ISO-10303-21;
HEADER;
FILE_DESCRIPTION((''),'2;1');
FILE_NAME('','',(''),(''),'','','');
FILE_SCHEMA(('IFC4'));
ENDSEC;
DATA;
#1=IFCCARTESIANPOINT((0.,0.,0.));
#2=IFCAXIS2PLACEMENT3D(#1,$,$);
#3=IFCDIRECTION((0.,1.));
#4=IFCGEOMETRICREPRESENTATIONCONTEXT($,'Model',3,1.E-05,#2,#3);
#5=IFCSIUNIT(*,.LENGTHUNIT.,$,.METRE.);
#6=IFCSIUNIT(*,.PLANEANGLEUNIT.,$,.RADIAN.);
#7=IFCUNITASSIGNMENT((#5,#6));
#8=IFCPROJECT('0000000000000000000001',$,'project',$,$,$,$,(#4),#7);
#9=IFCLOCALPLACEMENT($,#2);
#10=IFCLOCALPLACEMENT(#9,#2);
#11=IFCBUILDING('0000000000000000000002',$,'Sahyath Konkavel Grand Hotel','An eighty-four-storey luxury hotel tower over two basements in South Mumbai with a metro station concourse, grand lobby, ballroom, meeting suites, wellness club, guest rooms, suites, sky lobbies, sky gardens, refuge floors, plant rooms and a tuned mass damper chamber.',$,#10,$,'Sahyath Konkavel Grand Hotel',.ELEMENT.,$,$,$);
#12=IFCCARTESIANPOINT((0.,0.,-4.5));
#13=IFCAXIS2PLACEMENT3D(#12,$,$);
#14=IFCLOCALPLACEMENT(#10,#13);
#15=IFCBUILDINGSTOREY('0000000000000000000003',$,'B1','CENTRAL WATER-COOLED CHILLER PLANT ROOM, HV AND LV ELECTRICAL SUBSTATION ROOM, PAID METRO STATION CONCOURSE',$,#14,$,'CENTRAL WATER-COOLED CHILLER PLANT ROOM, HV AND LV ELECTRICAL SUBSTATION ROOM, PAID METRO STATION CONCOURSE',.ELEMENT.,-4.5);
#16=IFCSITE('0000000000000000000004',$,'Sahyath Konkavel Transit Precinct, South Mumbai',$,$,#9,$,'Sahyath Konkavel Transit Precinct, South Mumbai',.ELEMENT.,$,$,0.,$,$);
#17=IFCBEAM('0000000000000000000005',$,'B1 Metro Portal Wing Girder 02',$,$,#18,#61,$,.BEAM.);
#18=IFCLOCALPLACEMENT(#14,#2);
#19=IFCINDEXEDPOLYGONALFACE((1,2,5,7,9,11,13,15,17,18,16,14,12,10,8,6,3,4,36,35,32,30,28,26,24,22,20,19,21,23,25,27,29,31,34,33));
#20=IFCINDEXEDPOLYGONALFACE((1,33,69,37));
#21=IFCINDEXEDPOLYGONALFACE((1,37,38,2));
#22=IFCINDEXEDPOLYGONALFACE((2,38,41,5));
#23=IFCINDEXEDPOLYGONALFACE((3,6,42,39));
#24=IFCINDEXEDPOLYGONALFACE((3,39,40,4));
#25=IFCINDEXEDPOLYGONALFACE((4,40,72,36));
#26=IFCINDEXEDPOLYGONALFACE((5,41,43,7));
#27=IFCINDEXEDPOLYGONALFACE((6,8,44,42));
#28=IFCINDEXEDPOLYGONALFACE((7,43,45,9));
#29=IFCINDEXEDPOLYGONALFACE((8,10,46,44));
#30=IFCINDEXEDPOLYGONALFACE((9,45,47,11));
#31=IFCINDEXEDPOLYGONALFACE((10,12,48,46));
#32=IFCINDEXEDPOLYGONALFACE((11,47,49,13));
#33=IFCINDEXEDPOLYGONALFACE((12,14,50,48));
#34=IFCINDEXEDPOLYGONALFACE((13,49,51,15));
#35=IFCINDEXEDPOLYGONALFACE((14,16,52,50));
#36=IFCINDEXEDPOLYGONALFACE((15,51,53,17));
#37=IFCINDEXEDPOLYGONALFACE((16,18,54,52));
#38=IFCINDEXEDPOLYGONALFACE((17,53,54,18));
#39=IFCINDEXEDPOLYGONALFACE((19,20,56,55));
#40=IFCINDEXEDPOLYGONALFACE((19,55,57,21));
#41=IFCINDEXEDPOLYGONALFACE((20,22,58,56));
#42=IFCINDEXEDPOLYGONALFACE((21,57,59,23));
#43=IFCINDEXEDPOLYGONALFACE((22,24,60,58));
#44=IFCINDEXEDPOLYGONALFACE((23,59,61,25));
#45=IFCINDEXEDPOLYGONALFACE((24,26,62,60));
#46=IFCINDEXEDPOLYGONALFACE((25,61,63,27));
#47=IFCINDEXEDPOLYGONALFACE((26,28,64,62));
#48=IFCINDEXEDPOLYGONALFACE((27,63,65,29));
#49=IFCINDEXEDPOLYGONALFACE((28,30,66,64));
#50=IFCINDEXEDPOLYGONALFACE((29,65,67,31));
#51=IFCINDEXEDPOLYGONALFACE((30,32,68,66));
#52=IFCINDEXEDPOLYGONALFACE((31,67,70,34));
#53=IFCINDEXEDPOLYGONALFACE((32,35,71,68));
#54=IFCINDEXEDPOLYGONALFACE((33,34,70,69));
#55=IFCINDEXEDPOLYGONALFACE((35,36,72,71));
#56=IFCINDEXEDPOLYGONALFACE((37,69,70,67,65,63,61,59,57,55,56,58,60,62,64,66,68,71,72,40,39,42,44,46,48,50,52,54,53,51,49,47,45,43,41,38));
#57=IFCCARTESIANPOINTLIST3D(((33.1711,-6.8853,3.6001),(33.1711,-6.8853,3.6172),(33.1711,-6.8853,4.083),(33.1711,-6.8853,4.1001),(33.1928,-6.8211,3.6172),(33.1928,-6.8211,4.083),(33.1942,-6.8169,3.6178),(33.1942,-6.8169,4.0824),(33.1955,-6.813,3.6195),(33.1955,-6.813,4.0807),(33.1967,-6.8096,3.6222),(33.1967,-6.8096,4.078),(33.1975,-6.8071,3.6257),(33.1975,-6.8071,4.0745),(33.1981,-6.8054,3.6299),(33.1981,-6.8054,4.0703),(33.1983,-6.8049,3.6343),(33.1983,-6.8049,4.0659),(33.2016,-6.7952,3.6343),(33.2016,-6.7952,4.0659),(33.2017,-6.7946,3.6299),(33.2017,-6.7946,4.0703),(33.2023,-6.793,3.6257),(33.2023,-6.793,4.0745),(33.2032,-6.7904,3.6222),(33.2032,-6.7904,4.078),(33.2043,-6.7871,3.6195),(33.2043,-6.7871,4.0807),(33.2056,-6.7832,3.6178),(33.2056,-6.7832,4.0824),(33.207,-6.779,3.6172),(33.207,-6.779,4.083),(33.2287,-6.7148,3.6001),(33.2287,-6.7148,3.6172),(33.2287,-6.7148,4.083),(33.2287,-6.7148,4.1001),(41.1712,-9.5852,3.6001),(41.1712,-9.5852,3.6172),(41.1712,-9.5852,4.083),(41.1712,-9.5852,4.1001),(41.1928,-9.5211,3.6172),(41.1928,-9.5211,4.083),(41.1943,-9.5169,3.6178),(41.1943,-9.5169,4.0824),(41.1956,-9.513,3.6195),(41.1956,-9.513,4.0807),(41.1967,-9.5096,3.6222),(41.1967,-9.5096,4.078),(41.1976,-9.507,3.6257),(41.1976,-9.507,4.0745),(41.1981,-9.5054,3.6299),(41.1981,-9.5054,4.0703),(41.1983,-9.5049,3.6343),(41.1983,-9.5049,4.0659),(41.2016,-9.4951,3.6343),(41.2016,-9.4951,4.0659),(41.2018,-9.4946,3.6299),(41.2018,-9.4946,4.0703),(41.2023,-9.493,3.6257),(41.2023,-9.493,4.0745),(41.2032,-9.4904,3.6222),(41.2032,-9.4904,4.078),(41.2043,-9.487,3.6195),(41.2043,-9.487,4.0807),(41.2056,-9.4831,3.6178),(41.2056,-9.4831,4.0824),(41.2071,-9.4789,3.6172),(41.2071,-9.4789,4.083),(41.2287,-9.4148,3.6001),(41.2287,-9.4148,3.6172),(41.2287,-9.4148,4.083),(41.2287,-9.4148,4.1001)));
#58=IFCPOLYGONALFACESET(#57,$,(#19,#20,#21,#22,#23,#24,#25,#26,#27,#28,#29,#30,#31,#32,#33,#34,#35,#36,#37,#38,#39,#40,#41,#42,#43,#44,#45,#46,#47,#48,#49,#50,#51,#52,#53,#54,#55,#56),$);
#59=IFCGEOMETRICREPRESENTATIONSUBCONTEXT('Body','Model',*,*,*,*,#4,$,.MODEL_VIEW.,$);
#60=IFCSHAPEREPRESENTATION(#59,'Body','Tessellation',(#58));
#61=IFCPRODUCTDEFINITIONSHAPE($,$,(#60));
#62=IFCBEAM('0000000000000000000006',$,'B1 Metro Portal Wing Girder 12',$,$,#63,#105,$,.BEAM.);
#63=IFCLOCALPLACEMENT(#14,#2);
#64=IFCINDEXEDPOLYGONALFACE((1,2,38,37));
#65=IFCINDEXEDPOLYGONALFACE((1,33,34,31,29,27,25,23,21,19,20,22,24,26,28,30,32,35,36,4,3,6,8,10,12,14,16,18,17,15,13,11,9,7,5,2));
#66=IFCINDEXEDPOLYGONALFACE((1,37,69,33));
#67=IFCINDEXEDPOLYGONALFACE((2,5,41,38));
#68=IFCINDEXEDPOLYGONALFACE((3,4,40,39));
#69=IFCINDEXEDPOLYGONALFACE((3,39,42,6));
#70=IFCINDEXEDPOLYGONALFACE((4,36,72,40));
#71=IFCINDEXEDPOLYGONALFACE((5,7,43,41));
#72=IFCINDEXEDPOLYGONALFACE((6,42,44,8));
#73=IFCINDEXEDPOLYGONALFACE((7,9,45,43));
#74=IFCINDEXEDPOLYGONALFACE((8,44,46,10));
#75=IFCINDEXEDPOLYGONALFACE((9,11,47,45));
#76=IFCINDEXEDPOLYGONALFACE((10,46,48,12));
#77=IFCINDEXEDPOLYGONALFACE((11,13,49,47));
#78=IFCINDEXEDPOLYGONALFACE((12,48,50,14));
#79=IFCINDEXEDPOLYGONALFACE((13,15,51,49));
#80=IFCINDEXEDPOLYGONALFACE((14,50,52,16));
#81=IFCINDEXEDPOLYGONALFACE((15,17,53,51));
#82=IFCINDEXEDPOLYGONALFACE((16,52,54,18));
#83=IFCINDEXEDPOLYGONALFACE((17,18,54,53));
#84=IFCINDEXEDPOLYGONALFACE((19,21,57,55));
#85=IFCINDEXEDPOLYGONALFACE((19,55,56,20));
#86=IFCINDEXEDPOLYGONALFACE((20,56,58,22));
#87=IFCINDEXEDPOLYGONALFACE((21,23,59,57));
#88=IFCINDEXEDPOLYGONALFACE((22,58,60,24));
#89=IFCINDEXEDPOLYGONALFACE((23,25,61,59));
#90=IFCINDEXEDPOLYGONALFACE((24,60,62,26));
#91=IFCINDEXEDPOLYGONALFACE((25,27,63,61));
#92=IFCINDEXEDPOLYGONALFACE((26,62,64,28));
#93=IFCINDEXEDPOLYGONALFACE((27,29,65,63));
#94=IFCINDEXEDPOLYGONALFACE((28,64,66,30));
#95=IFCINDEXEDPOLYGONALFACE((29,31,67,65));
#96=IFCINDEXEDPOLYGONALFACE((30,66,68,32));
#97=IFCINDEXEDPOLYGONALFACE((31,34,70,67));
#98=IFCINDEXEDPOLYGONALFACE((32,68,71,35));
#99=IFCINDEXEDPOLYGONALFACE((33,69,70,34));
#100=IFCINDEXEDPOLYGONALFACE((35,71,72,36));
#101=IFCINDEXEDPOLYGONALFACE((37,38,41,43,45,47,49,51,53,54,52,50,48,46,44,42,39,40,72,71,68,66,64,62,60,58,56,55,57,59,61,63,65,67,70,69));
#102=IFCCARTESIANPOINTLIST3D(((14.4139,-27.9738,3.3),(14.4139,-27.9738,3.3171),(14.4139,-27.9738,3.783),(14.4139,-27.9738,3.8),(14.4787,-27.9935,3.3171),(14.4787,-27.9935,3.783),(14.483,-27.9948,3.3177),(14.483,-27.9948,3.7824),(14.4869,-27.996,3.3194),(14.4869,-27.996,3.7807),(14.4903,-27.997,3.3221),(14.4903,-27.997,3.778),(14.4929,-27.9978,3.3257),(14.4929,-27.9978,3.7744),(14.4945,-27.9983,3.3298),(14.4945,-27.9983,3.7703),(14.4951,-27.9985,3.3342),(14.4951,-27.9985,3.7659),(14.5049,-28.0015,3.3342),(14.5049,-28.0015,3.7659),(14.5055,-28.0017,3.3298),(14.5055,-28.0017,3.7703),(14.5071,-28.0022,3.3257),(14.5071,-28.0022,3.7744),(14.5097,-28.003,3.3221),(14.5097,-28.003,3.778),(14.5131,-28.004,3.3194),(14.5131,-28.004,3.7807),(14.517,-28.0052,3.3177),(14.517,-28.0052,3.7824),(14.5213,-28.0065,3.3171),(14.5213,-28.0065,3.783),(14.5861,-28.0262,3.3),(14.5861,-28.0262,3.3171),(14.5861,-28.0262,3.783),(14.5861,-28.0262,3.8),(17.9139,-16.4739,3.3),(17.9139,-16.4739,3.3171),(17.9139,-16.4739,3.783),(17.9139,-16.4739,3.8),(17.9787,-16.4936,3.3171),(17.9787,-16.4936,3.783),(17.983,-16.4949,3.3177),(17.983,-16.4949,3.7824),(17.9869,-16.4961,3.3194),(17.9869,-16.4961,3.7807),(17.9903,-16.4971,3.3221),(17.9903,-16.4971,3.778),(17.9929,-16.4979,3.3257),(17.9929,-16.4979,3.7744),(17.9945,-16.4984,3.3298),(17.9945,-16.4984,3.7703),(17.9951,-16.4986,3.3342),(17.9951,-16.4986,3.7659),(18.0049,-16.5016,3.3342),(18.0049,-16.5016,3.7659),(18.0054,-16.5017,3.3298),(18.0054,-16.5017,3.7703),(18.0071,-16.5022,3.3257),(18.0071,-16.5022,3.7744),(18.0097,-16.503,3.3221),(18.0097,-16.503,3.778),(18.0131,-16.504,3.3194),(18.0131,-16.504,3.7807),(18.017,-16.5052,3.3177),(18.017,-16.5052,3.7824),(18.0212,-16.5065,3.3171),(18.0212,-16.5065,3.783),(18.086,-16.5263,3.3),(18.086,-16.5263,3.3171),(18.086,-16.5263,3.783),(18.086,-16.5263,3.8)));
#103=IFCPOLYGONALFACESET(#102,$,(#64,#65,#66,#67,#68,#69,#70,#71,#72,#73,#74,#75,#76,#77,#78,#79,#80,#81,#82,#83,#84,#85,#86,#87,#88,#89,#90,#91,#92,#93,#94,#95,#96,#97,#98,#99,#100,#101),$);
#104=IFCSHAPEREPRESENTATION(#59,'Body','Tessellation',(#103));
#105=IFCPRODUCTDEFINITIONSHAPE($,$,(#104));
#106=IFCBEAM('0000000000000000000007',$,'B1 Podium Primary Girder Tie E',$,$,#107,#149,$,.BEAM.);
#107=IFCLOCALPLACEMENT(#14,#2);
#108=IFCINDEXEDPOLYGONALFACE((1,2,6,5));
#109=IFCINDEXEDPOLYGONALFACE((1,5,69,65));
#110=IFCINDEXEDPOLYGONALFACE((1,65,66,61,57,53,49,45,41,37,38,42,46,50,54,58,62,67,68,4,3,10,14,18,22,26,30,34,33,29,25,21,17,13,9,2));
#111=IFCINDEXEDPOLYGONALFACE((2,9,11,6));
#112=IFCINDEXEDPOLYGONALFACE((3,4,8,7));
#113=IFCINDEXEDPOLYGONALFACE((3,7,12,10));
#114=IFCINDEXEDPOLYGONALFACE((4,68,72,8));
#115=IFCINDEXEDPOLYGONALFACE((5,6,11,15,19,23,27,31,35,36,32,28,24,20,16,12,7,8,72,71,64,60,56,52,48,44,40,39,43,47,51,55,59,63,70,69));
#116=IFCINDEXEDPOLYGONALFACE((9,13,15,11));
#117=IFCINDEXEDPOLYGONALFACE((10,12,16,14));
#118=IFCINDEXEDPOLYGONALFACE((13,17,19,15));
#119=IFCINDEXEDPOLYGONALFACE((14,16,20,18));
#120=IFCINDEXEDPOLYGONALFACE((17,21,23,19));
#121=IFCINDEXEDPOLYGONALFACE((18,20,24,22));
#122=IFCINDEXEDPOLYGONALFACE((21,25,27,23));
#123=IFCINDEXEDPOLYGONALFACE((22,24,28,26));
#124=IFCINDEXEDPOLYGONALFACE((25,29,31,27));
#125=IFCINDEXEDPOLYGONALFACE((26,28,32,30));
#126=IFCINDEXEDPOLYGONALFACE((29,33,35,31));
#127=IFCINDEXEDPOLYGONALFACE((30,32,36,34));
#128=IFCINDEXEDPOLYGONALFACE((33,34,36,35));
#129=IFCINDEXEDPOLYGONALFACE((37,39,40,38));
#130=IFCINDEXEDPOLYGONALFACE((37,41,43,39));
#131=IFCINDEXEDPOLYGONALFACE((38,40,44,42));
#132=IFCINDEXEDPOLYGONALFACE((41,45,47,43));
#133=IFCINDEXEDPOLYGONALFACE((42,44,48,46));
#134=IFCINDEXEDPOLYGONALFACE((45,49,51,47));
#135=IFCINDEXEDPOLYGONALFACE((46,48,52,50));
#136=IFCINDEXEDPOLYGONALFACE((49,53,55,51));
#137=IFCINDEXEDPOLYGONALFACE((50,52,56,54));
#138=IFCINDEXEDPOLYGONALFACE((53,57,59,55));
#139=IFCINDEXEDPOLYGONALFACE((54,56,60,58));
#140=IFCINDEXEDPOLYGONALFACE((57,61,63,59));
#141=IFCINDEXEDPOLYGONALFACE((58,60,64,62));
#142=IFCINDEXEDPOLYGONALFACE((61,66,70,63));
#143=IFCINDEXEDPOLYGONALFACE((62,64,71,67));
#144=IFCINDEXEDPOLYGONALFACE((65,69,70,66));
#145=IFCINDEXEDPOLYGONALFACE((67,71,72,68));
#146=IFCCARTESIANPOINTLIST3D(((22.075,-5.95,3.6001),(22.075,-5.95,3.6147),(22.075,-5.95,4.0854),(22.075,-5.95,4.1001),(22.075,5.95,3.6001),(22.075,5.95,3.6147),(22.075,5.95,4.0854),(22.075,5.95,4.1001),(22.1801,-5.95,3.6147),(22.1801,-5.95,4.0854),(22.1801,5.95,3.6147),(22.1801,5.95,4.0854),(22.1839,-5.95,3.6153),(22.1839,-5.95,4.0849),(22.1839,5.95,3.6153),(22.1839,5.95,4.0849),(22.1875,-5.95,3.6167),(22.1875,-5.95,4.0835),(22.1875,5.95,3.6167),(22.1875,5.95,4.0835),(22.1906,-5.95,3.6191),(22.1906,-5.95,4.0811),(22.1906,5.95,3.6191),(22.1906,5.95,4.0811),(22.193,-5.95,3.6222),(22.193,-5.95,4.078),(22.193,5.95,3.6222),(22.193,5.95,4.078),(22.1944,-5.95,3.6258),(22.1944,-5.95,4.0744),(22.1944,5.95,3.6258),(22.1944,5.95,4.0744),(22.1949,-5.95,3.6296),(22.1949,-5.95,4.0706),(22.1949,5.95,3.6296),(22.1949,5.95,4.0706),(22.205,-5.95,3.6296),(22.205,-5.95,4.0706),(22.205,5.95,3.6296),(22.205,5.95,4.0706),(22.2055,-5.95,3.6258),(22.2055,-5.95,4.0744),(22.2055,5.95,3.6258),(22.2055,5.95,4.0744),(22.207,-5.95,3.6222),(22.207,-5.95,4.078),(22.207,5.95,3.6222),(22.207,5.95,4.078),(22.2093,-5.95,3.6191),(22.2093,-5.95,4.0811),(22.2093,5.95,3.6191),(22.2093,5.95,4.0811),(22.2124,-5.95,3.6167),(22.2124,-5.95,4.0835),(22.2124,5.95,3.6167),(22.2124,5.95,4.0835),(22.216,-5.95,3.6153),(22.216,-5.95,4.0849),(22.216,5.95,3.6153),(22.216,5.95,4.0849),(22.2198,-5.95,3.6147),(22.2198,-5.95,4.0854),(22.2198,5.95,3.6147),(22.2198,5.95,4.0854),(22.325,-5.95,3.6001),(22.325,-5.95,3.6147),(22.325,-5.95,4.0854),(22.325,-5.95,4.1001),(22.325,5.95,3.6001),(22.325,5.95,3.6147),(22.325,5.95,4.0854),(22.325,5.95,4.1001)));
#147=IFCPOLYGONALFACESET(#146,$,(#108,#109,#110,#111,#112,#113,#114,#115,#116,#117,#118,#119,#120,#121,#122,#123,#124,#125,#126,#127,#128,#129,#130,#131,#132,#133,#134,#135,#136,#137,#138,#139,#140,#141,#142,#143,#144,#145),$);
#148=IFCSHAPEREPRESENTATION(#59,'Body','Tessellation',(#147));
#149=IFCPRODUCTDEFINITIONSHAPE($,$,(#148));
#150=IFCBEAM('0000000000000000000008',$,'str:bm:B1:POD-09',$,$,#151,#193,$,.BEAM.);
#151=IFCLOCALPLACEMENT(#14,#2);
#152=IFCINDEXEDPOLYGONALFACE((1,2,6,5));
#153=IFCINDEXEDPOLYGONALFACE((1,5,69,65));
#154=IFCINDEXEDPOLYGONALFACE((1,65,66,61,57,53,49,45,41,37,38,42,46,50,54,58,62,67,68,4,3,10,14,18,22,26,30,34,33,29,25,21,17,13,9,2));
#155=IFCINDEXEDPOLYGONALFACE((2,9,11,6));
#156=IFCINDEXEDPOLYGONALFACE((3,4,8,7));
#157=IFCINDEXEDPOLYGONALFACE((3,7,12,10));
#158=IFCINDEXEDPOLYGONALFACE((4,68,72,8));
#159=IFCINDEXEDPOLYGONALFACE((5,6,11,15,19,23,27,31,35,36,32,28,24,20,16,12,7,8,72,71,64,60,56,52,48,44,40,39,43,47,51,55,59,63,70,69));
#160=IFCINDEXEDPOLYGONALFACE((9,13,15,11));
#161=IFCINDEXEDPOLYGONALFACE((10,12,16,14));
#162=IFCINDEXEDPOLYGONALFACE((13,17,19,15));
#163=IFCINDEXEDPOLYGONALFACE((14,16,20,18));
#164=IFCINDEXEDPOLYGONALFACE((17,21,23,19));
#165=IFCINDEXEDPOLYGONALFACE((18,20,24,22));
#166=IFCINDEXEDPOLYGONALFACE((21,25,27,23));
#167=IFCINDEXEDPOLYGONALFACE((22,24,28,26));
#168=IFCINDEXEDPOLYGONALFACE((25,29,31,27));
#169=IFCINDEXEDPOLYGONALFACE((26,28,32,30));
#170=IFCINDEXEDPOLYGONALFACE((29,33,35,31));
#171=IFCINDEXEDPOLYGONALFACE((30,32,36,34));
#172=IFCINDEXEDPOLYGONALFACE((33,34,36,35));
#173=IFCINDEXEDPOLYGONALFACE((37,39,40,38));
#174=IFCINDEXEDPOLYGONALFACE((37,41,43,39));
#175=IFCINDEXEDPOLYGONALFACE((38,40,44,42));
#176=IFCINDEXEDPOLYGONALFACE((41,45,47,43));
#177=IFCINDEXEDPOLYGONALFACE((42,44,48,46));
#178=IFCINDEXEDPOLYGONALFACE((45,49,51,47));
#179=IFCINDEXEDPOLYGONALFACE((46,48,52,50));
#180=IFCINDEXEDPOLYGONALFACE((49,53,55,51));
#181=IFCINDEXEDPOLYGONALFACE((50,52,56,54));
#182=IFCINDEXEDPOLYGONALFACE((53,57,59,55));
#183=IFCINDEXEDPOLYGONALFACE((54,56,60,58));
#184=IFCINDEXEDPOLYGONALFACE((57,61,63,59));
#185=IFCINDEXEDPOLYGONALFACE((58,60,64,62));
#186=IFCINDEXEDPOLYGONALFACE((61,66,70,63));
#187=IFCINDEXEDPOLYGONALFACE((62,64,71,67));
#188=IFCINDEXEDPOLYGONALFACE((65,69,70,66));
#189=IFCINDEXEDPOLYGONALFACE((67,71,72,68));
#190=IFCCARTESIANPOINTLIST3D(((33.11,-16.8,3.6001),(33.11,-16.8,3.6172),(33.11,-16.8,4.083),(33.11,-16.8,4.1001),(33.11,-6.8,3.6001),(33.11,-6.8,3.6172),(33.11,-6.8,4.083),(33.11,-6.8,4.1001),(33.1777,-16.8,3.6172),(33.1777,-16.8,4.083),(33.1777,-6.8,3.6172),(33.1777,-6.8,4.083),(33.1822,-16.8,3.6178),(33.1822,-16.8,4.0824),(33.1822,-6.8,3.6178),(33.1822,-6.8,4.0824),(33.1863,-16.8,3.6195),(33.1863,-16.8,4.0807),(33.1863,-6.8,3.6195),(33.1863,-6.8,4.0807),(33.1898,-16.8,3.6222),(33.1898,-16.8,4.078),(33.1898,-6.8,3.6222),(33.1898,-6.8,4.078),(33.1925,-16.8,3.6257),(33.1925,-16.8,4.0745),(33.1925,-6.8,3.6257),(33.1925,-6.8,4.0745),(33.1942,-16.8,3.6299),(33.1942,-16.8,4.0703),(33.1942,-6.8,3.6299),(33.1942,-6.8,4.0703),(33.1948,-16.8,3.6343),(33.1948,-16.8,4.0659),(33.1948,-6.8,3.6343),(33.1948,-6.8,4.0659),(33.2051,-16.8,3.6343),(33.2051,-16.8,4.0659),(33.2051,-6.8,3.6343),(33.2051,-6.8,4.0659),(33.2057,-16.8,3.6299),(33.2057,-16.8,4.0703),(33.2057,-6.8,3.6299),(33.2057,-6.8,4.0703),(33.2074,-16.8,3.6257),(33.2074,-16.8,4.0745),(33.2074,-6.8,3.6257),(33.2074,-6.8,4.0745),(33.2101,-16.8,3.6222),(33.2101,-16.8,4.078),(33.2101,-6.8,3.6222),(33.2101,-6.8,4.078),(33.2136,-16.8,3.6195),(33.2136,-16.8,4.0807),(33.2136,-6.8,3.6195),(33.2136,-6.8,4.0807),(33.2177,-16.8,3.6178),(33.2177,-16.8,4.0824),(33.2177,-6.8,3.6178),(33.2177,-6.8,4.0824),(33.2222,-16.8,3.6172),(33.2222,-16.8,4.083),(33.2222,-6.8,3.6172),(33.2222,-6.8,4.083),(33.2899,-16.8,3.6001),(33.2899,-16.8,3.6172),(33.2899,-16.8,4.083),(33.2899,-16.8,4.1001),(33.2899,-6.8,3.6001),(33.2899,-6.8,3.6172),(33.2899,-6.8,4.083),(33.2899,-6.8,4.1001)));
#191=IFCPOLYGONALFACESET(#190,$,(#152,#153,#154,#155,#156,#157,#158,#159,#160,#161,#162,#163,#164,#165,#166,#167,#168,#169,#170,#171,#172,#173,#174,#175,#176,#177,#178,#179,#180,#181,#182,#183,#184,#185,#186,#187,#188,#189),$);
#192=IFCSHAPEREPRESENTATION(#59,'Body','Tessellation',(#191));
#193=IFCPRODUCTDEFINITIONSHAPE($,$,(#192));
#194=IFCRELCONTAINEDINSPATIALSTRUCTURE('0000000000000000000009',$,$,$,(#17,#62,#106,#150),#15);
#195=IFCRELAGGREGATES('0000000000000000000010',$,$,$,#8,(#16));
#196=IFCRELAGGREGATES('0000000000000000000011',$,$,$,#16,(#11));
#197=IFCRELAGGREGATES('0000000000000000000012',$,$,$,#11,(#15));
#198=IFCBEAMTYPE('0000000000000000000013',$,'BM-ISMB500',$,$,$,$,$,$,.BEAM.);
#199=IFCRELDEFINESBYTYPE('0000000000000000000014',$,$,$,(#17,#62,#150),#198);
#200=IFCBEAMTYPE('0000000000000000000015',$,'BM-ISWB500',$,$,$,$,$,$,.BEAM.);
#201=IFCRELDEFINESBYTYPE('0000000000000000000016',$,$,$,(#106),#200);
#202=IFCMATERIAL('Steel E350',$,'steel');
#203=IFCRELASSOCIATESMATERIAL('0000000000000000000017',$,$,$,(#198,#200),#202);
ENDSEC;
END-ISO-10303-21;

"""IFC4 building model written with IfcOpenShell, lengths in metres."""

from ifc_helpers import new_model, si_unit, direction, frame, origin, origin_2d, place, context, subcontext, project, spatial, i_section, extrude, source, transform, mapped, material, material_profile, profile_set, type_object, element, save


model = new_model("IFC4")

# Units and contexts
model_context = context("Model", 3, precision=1e-05, world=origin(), true_north=direction((0.0, 1.0)))
body_context = subcontext(model_context, "Body", "Model", "MODEL_VIEW")
ifc_project = project(units=[si_unit("LENGTHUNIT", "METRE"), si_unit("PLANEANGLEUNIT", "RADIAN")], contexts=[model_context])

# Site, building, storey
site_placement = place(None, origin())
site = spatial("IfcSite", under=ifc_project, at=site_placement, Name="Sahyath Konkavel Transit Precinct, South Mumbai", LongName="Sahyath Konkavel Transit Precinct, South Mumbai", CompositionType="ELEMENT", RefElevation=0.0)
building_placement = place(site_placement, origin())
building = spatial("IfcBuilding", under=site, at=building_placement, Name="Sahyath Konkavel Grand Hotel", Description="An eighty-four-storey luxury hotel tower over two basements in South Mumbai with a metro station concourse, grand lobby, ballroom, meeting suites, wellness club, guest rooms, suites, sky lobbies, sky gardens, refuge floors, plant rooms and a tuned mass damper chamber.", LongName="Sahyath Konkavel Grand Hotel", CompositionType="ELEMENT")
storey_placement = place(building_placement, frame((0.0, 0.0, -4.5)))
storey = spatial("IfcBuildingStorey", under=building, at=storey_placement, Name="B1", Description="CENTRAL WATER-COOLED CHILLER PLANT ROOM, HV AND LV ELECTRICAL SUBSTATION ROOM, PAID METRO STATION CONCOURSE", LongName="CENTRAL WATER-COOLED CHILLER PLANT ROOM, HV AND LV ELECTRICAL SUBSTATION ROOM, PAID METRO STATION CONCOURSE", CompositionType="ELEMENT", Elevation=-4.5)

# Beams
ifc_material_1 = material(Name="Steel E350", Category="steel")
ifc_material_profile_1 = material_profile(ifc_material_1, i_section(OverallWidth=0.1799, OverallDepth=0.5, WebThickness=0.0103, FlangeThickness=0.0171, FilletRadius=0.0171, at=origin_2d()), Name="ISMB 500")
ifc_profile_set_1 = profile_set([ifc_material_profile_1], Name="Steel E350")
beam_type_1 = type_object("IfcBeamType", Name="BM-ISMB500", PredefinedType="BEAM", material=ifc_profile_set_1)
shared_shape_1 = source(origin(), body_context, "Body", "SweptSolid", [
    extrude(i_section(OverallWidth=0.1799, OverallDepth=0.5, WebThickness=0.0103, FlangeThickness=0.0171, FilletRadius=0.0171, at=origin_2d()), origin(), (0.0, 0.0, 1.0), 8.4434),
])
beam_1_placement = place(storey_placement, frame((41.2, -9.5, 3.8501), z_axis=(-0.947494, 0.319773, 0.0), x_axis=(-0.319773, -0.947494, 0.0)))
element("IfcBeam", 1, at=beam_1_placement, inside=storey, type_object=beam_type_1, Name="B1 Metro Portal Wing Girder 02", PredefinedType="BEAM", context=body_context, shape_type="MappedRepresentation", body=[
    mapped(shared_shape_1, transform((0.0, 0.0, 0.0), scale=1.0)),
])
shared_shape_2 = source(origin(), body_context, "Body", "SweptSolid", [
    extrude(i_section(OverallWidth=0.1799, OverallDepth=0.5, WebThickness=0.0103, FlangeThickness=0.0171, FilletRadius=0.0171, at=origin_2d()), origin(), (0.0, 0.0, 1.0), 12.0208),
])
beam_2_placement = place(storey_placement, frame((14.5, -28.0, 3.55), z_axis=(0.291162, 0.956674, 0.0), x_axis=(-0.956674, 0.291162, 0.0)))
element("IfcBeam", 2, at=beam_2_placement, inside=storey, type_object=beam_type_1, Name="B1 Metro Portal Wing Girder 12", PredefinedType="BEAM", context=body_context, shape_type="MappedRepresentation", body=[
    mapped(shared_shape_2, transform((0.0, 0.0, 0.0), scale=1.0)),
])
ifc_material_profile_2 = material_profile(ifc_material_1, i_section(OverallWidth=0.25, OverallDepth=0.5, WebThickness=0.01, FlangeThickness=0.0146, FilletRadius=0.0149, at=origin_2d()), Name="ISWB 500")
ifc_profile_set_2 = profile_set([ifc_material_profile_2], Name="Steel E350")
beam_type_2 = type_object("IfcBeamType", Name="BM-ISWB500", PredefinedType="BEAM", material=ifc_profile_set_2)
shared_shape_3 = source(origin(), body_context, "Body", "SweptSolid", [
    extrude(i_section(OverallWidth=0.25, OverallDepth=0.5, WebThickness=0.01, FlangeThickness=0.0146, FilletRadius=0.0149, at=origin_2d()), origin(), (0.0, 0.0, 1.0), 11.8999),
])
beam_3_placement = place(storey_placement, frame((22.2, -5.95, 3.8501), z_axis=(0.0, 1.0, 0.0), x_axis=(-1.0, 0.0, 0.0)))
element("IfcBeam", 3, at=beam_3_placement, inside=storey, type_object=beam_type_2, Name="B1 Podium Primary Girder Tie E", PredefinedType="BEAM", context=body_context, shape_type="MappedRepresentation", body=[
    mapped(shared_shape_3, transform((0.0, 0.0, 0.0), scale=1.0)),
])
shared_shape_4 = source(origin(), body_context, "Body", "SweptSolid", [
    extrude(i_section(OverallWidth=0.1799, OverallDepth=0.5, WebThickness=0.0103, FlangeThickness=0.0171, FilletRadius=0.0171, at=origin_2d()), origin(), (0.0, 0.0, 1.0), 10.0),
])
beam_4_placement = place(storey_placement, frame((33.2, -16.8, 3.8501), z_axis=(0.0, 1.0, 0.0), x_axis=(-1.0, 0.0, 0.0)))
element("IfcBeam", 4, at=beam_4_placement, inside=storey, type_object=beam_type_1, Name="str:bm:B1:POD-09", PredefinedType="BEAM", context=body_context, shape_type="MappedRepresentation", body=[
    mapped(shared_shape_4, transform((0.0, 0.0, 0.0), scale=1.0)),
])

save(model, "model.ifc")
